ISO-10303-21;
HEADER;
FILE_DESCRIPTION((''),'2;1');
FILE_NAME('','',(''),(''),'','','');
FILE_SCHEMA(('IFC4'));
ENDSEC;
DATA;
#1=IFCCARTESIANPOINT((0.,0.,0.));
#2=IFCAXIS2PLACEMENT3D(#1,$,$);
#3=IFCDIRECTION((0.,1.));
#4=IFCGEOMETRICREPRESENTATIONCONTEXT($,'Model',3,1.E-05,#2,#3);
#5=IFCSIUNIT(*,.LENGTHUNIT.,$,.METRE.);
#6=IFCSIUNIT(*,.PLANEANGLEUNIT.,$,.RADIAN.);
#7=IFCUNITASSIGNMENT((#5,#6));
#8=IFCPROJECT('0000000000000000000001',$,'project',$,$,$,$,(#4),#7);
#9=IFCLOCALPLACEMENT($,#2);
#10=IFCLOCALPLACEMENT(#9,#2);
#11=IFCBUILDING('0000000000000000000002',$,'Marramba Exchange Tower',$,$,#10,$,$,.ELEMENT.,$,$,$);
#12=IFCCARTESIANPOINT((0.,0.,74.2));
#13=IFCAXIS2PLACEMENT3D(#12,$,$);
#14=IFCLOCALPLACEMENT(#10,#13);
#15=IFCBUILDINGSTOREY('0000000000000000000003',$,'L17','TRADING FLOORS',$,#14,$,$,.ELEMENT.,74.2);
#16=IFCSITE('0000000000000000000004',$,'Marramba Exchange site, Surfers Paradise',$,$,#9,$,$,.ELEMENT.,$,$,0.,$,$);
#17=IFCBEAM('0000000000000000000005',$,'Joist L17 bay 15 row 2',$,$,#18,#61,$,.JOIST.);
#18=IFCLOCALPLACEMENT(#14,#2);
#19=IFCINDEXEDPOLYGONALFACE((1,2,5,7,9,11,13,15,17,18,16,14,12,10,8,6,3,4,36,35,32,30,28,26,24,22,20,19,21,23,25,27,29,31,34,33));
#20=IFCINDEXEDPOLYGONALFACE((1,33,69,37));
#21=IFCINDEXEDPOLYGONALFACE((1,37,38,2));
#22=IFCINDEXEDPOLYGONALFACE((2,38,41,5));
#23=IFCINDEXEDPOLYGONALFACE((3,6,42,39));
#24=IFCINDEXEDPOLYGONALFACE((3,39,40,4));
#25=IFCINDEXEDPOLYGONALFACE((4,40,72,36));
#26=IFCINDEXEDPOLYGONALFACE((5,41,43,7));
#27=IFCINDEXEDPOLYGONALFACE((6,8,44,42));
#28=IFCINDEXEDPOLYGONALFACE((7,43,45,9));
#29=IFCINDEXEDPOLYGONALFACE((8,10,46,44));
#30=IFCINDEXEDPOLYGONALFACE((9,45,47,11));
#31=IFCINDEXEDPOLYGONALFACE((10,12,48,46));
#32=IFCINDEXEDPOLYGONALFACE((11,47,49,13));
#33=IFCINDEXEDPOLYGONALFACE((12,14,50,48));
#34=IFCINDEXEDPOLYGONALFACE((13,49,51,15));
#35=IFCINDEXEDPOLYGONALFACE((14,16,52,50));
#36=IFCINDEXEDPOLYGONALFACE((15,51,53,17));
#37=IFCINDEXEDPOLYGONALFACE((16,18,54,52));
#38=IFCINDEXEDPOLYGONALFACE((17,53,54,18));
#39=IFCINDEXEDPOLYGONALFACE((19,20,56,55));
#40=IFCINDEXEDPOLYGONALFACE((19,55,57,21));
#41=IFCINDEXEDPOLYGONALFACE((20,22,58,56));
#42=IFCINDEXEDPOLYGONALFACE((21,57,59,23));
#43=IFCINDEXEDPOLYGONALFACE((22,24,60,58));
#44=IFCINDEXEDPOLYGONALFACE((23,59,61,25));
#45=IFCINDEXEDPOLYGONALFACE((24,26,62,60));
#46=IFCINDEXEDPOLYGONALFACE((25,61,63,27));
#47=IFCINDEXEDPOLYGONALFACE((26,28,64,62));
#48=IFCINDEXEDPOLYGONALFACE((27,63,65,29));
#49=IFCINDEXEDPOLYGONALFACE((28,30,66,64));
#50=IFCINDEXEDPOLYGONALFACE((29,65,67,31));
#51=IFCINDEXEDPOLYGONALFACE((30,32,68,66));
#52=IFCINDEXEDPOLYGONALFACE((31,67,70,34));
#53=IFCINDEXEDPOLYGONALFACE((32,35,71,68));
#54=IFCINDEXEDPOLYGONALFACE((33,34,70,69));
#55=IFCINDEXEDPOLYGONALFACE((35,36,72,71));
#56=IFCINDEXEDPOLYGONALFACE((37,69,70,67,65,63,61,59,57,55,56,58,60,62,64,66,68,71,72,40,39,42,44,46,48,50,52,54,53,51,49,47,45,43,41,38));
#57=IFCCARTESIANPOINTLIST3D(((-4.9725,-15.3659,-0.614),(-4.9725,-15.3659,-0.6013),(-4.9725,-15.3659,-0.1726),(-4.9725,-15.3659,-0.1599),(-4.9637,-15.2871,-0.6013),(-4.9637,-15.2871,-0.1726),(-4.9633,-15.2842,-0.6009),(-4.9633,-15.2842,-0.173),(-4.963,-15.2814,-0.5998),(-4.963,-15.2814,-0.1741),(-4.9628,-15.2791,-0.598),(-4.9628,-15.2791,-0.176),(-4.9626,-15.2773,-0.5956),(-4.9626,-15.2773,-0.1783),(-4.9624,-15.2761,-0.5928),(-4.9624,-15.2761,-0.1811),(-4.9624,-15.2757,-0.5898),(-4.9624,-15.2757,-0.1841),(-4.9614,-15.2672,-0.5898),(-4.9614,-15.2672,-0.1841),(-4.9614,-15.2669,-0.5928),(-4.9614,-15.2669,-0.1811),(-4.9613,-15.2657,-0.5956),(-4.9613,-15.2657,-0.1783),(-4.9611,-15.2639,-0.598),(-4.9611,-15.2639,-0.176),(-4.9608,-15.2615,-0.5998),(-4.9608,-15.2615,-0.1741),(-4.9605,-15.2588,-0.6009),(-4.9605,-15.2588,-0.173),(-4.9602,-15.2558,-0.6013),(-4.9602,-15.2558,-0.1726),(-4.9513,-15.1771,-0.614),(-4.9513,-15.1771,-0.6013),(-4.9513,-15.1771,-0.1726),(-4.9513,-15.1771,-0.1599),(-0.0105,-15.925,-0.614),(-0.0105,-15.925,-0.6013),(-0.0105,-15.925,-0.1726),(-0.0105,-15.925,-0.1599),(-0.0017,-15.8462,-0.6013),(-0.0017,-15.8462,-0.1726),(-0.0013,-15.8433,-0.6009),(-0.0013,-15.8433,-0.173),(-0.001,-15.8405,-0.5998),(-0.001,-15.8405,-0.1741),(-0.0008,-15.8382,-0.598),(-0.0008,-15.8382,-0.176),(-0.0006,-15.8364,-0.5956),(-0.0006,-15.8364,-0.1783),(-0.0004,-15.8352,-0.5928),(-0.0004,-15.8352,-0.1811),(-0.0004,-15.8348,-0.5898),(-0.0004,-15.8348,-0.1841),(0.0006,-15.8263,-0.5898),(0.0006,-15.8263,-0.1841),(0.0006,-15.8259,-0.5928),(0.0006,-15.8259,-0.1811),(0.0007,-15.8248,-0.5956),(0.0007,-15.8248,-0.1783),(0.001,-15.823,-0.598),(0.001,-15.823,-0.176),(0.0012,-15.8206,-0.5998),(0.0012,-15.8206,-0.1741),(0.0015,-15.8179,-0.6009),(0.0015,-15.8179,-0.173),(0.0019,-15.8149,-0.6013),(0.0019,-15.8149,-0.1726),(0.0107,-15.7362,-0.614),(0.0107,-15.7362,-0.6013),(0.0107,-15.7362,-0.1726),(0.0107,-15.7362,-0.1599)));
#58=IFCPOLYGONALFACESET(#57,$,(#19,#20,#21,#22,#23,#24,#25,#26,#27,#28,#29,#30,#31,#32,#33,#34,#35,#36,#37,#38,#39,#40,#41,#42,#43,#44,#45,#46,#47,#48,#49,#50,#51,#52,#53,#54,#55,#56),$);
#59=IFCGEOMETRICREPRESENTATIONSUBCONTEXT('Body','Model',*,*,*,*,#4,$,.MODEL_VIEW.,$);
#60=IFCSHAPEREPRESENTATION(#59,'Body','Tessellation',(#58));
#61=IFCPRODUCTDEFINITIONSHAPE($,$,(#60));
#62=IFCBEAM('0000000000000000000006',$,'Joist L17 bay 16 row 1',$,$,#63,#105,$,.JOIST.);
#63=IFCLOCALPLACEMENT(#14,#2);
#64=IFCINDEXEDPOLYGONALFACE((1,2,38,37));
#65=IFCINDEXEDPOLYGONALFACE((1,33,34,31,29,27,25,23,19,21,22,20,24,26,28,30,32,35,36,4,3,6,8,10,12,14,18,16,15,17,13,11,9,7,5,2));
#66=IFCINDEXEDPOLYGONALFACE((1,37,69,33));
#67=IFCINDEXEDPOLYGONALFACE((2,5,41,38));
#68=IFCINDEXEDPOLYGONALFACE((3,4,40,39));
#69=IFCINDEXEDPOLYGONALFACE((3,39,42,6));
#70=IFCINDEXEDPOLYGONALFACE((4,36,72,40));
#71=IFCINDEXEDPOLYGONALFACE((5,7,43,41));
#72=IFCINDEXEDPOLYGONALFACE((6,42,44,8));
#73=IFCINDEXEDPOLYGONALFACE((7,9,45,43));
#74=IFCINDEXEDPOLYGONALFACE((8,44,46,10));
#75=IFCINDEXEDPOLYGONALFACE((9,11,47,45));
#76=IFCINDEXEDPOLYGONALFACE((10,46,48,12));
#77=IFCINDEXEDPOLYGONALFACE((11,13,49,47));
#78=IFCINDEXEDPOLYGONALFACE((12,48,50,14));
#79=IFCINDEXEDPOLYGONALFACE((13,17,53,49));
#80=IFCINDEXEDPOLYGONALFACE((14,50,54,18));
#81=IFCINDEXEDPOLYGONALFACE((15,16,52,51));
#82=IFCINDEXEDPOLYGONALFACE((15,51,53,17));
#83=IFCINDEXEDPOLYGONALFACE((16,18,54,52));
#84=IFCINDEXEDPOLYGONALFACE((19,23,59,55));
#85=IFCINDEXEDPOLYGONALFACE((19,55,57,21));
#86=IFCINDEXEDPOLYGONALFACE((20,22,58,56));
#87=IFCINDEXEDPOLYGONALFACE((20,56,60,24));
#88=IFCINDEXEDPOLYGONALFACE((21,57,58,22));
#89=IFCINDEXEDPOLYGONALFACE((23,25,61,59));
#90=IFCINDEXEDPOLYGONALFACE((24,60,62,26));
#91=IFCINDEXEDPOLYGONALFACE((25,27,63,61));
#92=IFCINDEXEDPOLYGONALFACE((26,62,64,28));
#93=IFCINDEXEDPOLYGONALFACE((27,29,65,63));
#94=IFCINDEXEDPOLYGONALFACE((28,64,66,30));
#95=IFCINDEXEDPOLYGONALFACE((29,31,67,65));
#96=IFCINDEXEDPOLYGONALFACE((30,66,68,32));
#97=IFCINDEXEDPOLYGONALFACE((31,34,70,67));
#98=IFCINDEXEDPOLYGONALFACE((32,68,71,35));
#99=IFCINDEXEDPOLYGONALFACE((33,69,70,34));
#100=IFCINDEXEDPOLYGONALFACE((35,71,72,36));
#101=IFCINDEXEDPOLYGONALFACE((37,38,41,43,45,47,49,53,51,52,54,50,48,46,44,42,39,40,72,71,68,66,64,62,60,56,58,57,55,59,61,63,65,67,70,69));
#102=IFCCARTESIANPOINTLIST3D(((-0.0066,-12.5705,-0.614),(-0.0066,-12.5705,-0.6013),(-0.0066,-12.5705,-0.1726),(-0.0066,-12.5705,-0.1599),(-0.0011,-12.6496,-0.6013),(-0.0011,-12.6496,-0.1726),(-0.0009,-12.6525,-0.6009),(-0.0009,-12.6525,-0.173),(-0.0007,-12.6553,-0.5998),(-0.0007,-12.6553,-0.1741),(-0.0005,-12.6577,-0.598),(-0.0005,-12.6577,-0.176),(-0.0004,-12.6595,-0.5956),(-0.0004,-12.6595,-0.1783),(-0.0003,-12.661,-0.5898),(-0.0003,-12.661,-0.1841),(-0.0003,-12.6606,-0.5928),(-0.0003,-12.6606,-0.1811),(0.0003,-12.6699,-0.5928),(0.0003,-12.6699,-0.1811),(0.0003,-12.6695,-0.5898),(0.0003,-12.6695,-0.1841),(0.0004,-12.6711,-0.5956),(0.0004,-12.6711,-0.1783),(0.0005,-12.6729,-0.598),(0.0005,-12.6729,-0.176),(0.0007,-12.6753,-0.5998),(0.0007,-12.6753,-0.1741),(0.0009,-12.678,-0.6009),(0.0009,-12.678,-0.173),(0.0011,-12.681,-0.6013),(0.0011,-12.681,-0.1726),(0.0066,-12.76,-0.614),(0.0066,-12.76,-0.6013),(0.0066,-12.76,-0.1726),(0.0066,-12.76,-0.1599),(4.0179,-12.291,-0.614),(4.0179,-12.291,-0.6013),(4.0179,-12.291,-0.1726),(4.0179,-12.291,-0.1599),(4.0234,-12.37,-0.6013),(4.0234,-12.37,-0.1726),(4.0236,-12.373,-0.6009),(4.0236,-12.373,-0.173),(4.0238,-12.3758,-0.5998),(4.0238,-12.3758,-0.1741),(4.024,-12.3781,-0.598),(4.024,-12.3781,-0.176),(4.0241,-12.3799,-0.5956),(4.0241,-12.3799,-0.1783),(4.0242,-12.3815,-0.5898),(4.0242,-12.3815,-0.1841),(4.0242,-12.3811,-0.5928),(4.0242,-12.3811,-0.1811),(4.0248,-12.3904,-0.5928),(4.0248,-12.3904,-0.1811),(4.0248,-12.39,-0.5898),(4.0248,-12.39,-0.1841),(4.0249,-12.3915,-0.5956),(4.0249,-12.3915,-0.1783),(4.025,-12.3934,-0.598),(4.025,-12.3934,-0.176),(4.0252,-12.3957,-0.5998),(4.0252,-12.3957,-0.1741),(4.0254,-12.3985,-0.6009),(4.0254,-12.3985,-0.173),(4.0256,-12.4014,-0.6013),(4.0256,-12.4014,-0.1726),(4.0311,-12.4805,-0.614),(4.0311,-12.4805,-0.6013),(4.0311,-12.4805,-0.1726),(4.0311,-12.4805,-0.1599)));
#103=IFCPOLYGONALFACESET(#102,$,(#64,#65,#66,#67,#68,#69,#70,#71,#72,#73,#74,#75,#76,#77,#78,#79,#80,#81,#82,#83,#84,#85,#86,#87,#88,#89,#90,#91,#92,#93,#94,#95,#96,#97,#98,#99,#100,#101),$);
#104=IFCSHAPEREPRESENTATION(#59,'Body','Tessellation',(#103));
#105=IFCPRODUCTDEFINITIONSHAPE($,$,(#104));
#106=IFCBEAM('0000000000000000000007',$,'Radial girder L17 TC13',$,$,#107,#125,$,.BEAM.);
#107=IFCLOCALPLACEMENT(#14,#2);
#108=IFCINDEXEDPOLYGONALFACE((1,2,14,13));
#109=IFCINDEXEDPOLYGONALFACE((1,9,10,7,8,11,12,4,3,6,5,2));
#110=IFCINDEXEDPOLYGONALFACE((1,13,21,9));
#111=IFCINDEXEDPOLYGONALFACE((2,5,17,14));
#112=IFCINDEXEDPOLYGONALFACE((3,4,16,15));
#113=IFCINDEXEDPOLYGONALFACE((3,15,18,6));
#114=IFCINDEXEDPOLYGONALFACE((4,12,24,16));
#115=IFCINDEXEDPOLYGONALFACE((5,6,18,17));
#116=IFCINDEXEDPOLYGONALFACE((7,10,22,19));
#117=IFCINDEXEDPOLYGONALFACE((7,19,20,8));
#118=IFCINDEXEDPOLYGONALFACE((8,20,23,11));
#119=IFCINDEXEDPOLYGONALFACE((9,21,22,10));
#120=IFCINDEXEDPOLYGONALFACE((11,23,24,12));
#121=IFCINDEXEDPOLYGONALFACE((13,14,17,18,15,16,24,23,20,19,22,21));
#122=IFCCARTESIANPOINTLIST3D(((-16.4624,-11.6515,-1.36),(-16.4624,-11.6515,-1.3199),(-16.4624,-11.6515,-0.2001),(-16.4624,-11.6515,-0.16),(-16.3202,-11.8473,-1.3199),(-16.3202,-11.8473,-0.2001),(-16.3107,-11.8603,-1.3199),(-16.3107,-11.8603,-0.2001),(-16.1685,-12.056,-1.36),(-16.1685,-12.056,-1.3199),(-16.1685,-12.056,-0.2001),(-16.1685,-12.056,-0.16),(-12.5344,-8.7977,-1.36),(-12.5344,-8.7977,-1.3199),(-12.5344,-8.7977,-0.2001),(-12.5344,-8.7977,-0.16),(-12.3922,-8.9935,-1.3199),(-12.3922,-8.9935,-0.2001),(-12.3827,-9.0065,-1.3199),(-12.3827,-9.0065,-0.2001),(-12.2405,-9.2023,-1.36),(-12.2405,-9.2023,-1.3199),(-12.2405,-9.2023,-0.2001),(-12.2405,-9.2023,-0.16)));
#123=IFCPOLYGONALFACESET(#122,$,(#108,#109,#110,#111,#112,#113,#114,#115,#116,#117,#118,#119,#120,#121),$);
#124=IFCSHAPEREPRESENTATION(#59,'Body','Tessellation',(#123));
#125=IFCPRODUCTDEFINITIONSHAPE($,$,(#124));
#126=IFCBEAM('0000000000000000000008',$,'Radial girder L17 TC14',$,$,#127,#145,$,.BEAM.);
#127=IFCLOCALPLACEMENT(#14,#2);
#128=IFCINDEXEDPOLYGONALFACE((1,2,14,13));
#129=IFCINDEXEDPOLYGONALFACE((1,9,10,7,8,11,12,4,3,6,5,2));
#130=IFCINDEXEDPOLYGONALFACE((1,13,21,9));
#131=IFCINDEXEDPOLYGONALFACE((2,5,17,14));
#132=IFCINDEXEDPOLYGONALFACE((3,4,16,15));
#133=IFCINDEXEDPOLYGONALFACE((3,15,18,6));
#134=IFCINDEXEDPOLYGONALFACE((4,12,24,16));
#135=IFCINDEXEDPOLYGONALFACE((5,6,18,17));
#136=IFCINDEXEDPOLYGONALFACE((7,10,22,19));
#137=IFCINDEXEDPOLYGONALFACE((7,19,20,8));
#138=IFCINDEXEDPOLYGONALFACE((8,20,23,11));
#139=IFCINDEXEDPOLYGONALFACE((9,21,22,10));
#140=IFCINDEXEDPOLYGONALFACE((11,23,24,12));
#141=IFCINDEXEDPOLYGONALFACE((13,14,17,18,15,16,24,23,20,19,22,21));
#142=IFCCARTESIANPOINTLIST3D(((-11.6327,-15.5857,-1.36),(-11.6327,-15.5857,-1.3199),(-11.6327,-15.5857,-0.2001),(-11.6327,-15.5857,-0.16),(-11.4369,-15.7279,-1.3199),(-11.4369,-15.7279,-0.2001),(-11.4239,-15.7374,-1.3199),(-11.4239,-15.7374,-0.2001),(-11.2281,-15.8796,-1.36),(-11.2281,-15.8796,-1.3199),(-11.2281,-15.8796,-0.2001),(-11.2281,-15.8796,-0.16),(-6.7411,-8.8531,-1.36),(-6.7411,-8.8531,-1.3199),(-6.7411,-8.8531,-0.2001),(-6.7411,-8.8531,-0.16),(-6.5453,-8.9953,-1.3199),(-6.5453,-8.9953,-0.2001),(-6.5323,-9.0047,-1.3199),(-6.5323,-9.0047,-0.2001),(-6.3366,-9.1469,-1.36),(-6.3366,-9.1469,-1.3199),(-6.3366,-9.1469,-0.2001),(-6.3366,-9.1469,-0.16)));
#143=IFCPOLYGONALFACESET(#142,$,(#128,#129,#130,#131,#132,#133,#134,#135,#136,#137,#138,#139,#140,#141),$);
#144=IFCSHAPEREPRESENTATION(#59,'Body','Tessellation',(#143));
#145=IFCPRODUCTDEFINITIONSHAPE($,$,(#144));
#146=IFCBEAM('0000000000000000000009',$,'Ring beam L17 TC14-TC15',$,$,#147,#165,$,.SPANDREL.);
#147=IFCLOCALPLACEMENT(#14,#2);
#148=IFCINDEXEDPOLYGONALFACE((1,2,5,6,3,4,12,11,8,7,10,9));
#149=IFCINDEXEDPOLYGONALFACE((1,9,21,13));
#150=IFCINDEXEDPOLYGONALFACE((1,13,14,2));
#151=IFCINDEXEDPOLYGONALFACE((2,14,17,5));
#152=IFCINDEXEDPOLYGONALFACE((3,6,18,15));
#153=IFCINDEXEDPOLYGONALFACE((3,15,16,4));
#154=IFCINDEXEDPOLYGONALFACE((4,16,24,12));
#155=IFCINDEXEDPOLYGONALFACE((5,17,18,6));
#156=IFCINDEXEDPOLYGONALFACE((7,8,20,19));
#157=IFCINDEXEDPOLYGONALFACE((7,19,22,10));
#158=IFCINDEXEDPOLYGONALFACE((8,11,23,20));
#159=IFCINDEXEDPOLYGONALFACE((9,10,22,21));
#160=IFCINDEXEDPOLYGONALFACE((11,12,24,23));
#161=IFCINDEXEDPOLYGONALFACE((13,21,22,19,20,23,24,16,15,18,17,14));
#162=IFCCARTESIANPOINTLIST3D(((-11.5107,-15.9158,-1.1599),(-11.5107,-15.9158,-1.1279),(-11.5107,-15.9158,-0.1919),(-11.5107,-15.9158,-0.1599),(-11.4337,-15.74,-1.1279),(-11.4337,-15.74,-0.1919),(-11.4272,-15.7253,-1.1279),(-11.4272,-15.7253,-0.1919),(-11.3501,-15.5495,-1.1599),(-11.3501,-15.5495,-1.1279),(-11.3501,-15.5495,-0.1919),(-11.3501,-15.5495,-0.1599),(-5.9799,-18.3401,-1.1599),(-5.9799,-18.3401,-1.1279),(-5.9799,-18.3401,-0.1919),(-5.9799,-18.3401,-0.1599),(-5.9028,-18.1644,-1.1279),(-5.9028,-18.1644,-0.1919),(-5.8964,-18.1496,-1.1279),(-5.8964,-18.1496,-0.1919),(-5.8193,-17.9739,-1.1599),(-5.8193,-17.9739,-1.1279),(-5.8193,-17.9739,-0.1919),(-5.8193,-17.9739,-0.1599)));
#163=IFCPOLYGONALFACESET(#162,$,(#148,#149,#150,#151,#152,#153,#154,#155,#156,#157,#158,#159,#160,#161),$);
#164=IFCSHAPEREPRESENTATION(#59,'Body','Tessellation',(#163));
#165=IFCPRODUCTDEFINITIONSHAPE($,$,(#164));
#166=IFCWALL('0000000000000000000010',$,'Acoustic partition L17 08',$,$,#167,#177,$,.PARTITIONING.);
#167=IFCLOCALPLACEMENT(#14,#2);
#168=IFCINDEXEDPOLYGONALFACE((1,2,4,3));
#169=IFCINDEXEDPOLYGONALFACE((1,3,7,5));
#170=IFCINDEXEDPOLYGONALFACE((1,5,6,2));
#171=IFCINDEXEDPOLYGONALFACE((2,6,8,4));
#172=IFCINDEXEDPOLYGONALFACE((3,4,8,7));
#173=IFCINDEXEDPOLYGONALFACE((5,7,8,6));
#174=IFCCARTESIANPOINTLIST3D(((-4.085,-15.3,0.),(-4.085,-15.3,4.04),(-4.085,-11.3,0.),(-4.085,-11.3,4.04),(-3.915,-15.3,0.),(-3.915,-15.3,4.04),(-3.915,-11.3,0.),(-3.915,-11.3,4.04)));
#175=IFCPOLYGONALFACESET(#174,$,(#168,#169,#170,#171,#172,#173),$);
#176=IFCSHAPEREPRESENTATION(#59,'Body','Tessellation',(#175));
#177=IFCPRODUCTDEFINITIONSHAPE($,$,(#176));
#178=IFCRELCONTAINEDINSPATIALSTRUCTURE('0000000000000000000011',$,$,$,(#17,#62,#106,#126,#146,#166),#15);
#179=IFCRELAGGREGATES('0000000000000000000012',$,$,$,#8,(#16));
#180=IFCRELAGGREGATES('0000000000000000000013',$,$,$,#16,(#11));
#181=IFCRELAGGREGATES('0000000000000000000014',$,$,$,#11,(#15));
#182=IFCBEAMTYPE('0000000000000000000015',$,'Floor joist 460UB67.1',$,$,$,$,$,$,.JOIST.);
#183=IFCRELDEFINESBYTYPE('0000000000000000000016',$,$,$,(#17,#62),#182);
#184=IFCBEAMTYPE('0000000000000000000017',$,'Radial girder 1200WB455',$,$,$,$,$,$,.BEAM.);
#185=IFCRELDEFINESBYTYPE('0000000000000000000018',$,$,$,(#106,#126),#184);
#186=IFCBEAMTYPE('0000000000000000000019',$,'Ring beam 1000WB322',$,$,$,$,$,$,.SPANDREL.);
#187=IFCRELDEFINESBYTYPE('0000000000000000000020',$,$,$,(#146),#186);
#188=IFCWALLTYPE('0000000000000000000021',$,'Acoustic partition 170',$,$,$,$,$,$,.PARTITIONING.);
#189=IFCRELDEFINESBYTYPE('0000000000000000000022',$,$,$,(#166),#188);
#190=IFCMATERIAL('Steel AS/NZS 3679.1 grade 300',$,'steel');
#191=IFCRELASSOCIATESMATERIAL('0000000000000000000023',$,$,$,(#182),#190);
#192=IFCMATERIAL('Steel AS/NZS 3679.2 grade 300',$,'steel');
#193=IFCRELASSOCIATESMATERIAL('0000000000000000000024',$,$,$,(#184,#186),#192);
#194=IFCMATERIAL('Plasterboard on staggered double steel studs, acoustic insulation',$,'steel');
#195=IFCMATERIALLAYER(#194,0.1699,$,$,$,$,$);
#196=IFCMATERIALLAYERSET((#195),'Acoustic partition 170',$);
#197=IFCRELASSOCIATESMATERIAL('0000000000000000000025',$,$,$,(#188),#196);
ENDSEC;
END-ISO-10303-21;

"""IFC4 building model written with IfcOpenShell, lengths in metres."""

from ifc_helpers import new_model, si_unit, direction, frame, frame_2d, origin, origin_2d, place, context, subcontext, project, spatial, rectangle, i_section, extrude, material, layer, layer_set, material_profile, profile_set, type_object, element, save


model = new_model("IFC4")

# Units and contexts
model_context = context("Model", 3, precision=1e-05, world=origin(), true_north=direction((0.0, 1.0)))
body_context = subcontext(model_context, "Body", "Model", "MODEL_VIEW")
ifc_project = project(units=[si_unit("LENGTHUNIT", "METRE"), si_unit("PLANEANGLEUNIT", "RADIAN")], contexts=[model_context])

# Site, building, storey
site_placement = place(None, origin())
site = spatial("IfcSite", under=ifc_project, at=site_placement, Name="Marramba Exchange site, Surfers Paradise", CompositionType="ELEMENT", RefElevation=0.0)
building_placement = place(site_placement, origin())
building = spatial("IfcBuilding", under=site, at=building_placement, Name="Marramba Exchange Tower", CompositionType="ELEMENT")
storey_placement = place(building_placement, frame((0.0, 0.0, 74.2)))
storey = spatial("IfcBuildingStorey", under=building, at=storey_placement, Name="L17", Description="TRADING FLOORS", CompositionType="ELEMENT", Elevation=74.2)

# Beams
ifc_material_1 = material(Name="Steel AS/NZS 3679.2 grade 300", Category="steel")
ifc_material_2 = material(Name="Steel AS/NZS 3679.1 grade 300", Category="steel")
ifc_material_profile_1 = material_profile(ifc_material_2, i_section(OverallWidth=0.1899, OverallDepth=0.4541, WebThickness=0.0085, FlangeThickness=0.0127, FilletRadius=0.0115, at=origin_2d()), Name="460UB67.1")
ifc_profile_set_1 = profile_set([ifc_material_profile_1], Name="Steel AS/NZS 3679.1 grade 300")
beam_type_1 = type_object("IfcBeamType", Name="Floor joist 460UB67.1", PredefinedType="JOIST", material=ifc_profile_set_1)
beam_1_placement = place(storey_placement, frame((-4.9619, -15.2715, -0.387), z_axis=(0.993712, -0.111966, 0.0), x_axis=(0.111966, 0.993712, 0.0)))
element("IfcBeam", 1, at=beam_1_placement, inside=storey, type_object=beam_type_1, Name="Joist L17 bay 15 row 2", PredefinedType="JOIST", context=body_context, shape_type="SweptSolid", body=[
    extrude(i_section(OverallWidth=0.1899, OverallDepth=0.4541, WebThickness=0.0085, FlangeThickness=0.0127, FilletRadius=0.0115, at=origin_2d()), origin(), (0.0, 0.0, 1.0), 4.9934),
])
beam_2_placement = place(storey_placement, frame((0.0, -12.6653, -0.387), z_axis=(0.997596, 0.069294, 0.0), x_axis=(-0.069294, 0.997596, 0.0)))
element("IfcBeam", 2, at=beam_2_placement, inside=storey, type_object=beam_type_1, Name="Joist L17 bay 16 row 1", PredefinedType="JOIST", context=body_context, shape_type="SweptSolid", body=[
    extrude(i_section(OverallWidth=0.1899, OverallDepth=0.4541, WebThickness=0.0085, FlangeThickness=0.0127, FilletRadius=0.0115, at=origin_2d()), origin(), (0.0, 0.0, 1.0), 4.0342),
])
ifc_material_profile_2 = material_profile(ifc_material_1, i_section(OverallWidth=0.5, OverallDepth=1.2, WebThickness=0.0161, FlangeThickness=0.04, at=origin_2d()), Name="1200WB455")
ifc_profile_set_2 = profile_set([ifc_material_profile_2], Name="Steel AS/NZS 3679.2 grade 300")
beam_type_2 = type_object("IfcBeamType", Name="Radial girder 1200WB455", PredefinedType="BEAM", material=ifc_profile_set_2)
beam_3_placement = place(storey_placement, frame((-12.3875, -9.0, -0.76), z_axis=(-0.809025, -0.587774, 0.0), x_axis=(0.587774, -0.809025, 0.0)))
element("IfcBeam", 3, at=beam_3_placement, inside=storey, type_object=beam_type_2, Name="Radial girder L17 TC13", PredefinedType="BEAM", context=body_context, shape_type="SweptSolid", body=[
    extrude(i_section(OverallWidth=0.5, OverallDepth=1.2, WebThickness=0.0161, FlangeThickness=0.04, at=origin_2d()), origin(), (0.0, 0.0, 1.0), 4.8552),
])
beam_4_placement = place(storey_placement, frame((-6.5388, -9.0, -0.76), z_axis=(-0.587788, -0.809015, 0.0), x_axis=(0.809015, -0.587788, 0.0)))
element("IfcBeam", 4, at=beam_4_placement, inside=storey, type_object=beam_type_2, Name="Radial girder L17 TC14", PredefinedType="BEAM", context=body_context, shape_type="SweptSolid", body=[
    extrude(i_section(OverallWidth=0.5, OverallDepth=1.2, WebThickness=0.0161, FlangeThickness=0.04, at=origin_2d()), origin(), (0.0, 0.0, 1.0), 8.322),
])
ifc_material_profile_3 = material_profile(ifc_material_1, i_section(OverallWidth=0.3999, OverallDepth=1.0, WebThickness=0.0161, FlangeThickness=0.032, at=origin_2d()), Name="1000WB322")
ifc_profile_set_3 = profile_set([ifc_material_profile_3], Name="Steel AS/NZS 3679.2 grade 300")
beam_type_3 = type_object("IfcBeamType", Name="Ring beam 1000WB322", PredefinedType="SPANDREL", material=ifc_profile_set_3)
beam_5_placement = place(storey_placement, frame((-11.4304, -15.7327, -0.6599), z_axis=(0.915877, -0.401459, 0.0), x_axis=(0.401459, 0.915877, 0.0)))
element("IfcBeam", 5, at=beam_5_placement, inside=storey, type_object=beam_type_3, Name="Ring beam L17 TC14-TC15", PredefinedType="SPANDREL", context=body_context, shape_type="SweptSolid", body=[
    extrude(i_section(OverallWidth=0.3999, OverallDepth=1.0, WebThickness=0.0161, FlangeThickness=0.032, at=origin_2d()), origin(), (0.0, 0.0, 1.0), 6.0388),
])

# Wall
ifc_material_3 = material(Name="Plasterboard on staggered double steel studs, acoustic insulation", Category="steel")
ifc_layer_1 = layer(ifc_material_3, 0.1699)
ifc_layer_set_1 = layer_set([ifc_layer_1], Name="Acoustic partition 170")
wall_type_1 = type_object("IfcWallType", Name="Acoustic partition 170", PredefinedType="PARTITIONING", material=ifc_layer_set_1)
wall_1_placement = place(storey_placement, frame((-4.0, -11.3, 0.0), z_axis=(0.0, 0.0, 1.0), x_axis=(0.0, -1.0, 0.0)))
element("IfcWall", 6, at=wall_1_placement, inside=storey, type_object=wall_type_1, Name="Acoustic partition L17 08", PredefinedType="PARTITIONING", context=body_context, shape_type="SweptSolid", body=[
    extrude(rectangle(XDim=4.0, YDim=0.1699, at=frame_2d((2.0, 0.0))), origin(), (0.0, 0.0, 1.0), 4.04),
])

save(model, "model.ifc")
